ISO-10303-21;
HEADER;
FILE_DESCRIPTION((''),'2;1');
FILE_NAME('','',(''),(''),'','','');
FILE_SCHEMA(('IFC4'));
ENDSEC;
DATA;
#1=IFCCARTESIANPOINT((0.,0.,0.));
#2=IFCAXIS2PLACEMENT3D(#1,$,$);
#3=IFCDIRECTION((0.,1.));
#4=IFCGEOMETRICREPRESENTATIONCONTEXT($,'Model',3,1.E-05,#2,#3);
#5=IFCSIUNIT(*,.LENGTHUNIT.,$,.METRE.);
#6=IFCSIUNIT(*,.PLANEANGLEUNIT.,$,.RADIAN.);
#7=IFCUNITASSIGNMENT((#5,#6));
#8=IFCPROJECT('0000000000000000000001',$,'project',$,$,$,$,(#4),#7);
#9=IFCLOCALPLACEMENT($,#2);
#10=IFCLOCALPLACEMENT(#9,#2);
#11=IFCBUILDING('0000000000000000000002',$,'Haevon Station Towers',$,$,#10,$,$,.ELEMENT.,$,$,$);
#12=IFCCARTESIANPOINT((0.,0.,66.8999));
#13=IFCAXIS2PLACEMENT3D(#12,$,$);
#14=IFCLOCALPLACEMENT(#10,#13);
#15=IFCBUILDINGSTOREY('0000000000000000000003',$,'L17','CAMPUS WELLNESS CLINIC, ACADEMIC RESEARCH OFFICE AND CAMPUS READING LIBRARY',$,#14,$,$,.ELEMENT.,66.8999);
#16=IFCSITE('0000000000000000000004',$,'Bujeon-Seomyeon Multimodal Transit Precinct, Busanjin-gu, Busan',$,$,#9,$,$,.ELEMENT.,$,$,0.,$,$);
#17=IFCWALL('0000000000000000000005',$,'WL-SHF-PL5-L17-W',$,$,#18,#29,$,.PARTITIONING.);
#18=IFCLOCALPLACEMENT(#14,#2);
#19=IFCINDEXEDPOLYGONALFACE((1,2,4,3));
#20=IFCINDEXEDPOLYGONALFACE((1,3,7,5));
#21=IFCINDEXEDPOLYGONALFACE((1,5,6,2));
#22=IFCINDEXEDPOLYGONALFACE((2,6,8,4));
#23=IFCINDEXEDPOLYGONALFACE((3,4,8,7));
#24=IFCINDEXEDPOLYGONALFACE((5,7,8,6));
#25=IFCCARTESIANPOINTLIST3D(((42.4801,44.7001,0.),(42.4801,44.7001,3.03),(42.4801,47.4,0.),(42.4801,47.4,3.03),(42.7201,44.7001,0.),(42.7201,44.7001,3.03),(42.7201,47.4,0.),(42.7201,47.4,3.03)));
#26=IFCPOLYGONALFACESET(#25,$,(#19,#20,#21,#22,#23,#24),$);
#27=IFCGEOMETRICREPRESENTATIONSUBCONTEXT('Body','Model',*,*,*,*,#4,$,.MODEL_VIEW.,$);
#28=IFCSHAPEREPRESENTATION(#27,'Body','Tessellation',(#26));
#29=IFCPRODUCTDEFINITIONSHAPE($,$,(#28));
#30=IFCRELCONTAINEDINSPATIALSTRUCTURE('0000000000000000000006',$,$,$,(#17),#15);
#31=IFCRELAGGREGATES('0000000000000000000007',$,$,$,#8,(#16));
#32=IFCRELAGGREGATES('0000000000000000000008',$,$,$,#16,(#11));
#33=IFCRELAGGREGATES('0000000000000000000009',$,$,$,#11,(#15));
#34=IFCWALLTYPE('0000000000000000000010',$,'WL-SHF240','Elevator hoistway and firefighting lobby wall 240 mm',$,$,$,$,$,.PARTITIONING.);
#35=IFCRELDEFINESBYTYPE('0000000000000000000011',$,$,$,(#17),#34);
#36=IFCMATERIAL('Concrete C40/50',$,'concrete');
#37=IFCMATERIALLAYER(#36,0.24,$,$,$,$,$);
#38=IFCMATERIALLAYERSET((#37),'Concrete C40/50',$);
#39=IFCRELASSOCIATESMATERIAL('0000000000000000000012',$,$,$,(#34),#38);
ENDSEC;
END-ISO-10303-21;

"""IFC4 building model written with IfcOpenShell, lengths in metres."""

from ifc_helpers import new_model, si_unit, direction, frame, frame_2d, origin, place, context, subcontext, project, spatial, rectangle, extrude, material, layer, layer_set, type_object, element, save


model = new_model("IFC4")

# Units and contexts
model_context = context("Model", 3, precision=1e-05, world=origin(), true_north=direction((0.0, 1.0)))
body_context = subcontext(model_context, "Body", "Model", "MODEL_VIEW")
ifc_project = project(units=[si_unit("LENGTHUNIT", "METRE"), si_unit("PLANEANGLEUNIT", "RADIAN")], contexts=[model_context])

# Site, building, storey
site_placement = place(None, origin())
site = spatial("IfcSite", under=ifc_project, at=site_placement, Name="Bujeon-Seomyeon Multimodal Transit Precinct, Busanjin-gu, Busan", CompositionType="ELEMENT", RefElevation=0.0)
building_placement = place(site_placement, origin())
building = spatial("IfcBuilding", under=site, at=building_placement, Name="Haevon Station Towers", CompositionType="ELEMENT")
storey_placement = place(building_placement, frame((0.0, 0.0, 66.8999)))
storey = spatial("IfcBuildingStorey", under=building, at=storey_placement, Name="L17", Description="CAMPUS WELLNESS CLINIC, ACADEMIC RESEARCH OFFICE AND CAMPUS READING LIBRARY", CompositionType="ELEMENT", Elevation=66.8999)

# Shared definitions
ifc_material_1 = material(Name="Concrete C40/50", Category="concrete")
ifc_layer_1 = layer(ifc_material_1, 0.24)
ifc_layer_set_1 = layer_set([ifc_layer_1], Name="Concrete C40/50")
wall_type_1 = type_object("IfcWallType", Name="WL-SHF240", Description="Elevator hoistway and firefighting lobby wall 240 mm", PredefinedType="PARTITIONING", material=ifc_layer_set_1)

# Wall
wall_1_placement = place(storey_placement, frame((42.6001, 44.7, 0.0), z_axis=(0.0, 0.0, 1.0), x_axis=(0.0, 1.0, 0.0)))
element("IfcWall", 1, at=wall_1_placement, inside=storey, type_object=wall_type_1, Name="WL-SHF-PL5-L17-W", PredefinedType="PARTITIONING", context=body_context, shape_type="SweptSolid", body=[
    extrude(rectangle(XDim=2.7, YDim=0.24, at=frame_2d((1.3501, 0.0))), origin(), (0.0, 0.0, 1.0), 3.03),
])

save(model, "model.ifc")
